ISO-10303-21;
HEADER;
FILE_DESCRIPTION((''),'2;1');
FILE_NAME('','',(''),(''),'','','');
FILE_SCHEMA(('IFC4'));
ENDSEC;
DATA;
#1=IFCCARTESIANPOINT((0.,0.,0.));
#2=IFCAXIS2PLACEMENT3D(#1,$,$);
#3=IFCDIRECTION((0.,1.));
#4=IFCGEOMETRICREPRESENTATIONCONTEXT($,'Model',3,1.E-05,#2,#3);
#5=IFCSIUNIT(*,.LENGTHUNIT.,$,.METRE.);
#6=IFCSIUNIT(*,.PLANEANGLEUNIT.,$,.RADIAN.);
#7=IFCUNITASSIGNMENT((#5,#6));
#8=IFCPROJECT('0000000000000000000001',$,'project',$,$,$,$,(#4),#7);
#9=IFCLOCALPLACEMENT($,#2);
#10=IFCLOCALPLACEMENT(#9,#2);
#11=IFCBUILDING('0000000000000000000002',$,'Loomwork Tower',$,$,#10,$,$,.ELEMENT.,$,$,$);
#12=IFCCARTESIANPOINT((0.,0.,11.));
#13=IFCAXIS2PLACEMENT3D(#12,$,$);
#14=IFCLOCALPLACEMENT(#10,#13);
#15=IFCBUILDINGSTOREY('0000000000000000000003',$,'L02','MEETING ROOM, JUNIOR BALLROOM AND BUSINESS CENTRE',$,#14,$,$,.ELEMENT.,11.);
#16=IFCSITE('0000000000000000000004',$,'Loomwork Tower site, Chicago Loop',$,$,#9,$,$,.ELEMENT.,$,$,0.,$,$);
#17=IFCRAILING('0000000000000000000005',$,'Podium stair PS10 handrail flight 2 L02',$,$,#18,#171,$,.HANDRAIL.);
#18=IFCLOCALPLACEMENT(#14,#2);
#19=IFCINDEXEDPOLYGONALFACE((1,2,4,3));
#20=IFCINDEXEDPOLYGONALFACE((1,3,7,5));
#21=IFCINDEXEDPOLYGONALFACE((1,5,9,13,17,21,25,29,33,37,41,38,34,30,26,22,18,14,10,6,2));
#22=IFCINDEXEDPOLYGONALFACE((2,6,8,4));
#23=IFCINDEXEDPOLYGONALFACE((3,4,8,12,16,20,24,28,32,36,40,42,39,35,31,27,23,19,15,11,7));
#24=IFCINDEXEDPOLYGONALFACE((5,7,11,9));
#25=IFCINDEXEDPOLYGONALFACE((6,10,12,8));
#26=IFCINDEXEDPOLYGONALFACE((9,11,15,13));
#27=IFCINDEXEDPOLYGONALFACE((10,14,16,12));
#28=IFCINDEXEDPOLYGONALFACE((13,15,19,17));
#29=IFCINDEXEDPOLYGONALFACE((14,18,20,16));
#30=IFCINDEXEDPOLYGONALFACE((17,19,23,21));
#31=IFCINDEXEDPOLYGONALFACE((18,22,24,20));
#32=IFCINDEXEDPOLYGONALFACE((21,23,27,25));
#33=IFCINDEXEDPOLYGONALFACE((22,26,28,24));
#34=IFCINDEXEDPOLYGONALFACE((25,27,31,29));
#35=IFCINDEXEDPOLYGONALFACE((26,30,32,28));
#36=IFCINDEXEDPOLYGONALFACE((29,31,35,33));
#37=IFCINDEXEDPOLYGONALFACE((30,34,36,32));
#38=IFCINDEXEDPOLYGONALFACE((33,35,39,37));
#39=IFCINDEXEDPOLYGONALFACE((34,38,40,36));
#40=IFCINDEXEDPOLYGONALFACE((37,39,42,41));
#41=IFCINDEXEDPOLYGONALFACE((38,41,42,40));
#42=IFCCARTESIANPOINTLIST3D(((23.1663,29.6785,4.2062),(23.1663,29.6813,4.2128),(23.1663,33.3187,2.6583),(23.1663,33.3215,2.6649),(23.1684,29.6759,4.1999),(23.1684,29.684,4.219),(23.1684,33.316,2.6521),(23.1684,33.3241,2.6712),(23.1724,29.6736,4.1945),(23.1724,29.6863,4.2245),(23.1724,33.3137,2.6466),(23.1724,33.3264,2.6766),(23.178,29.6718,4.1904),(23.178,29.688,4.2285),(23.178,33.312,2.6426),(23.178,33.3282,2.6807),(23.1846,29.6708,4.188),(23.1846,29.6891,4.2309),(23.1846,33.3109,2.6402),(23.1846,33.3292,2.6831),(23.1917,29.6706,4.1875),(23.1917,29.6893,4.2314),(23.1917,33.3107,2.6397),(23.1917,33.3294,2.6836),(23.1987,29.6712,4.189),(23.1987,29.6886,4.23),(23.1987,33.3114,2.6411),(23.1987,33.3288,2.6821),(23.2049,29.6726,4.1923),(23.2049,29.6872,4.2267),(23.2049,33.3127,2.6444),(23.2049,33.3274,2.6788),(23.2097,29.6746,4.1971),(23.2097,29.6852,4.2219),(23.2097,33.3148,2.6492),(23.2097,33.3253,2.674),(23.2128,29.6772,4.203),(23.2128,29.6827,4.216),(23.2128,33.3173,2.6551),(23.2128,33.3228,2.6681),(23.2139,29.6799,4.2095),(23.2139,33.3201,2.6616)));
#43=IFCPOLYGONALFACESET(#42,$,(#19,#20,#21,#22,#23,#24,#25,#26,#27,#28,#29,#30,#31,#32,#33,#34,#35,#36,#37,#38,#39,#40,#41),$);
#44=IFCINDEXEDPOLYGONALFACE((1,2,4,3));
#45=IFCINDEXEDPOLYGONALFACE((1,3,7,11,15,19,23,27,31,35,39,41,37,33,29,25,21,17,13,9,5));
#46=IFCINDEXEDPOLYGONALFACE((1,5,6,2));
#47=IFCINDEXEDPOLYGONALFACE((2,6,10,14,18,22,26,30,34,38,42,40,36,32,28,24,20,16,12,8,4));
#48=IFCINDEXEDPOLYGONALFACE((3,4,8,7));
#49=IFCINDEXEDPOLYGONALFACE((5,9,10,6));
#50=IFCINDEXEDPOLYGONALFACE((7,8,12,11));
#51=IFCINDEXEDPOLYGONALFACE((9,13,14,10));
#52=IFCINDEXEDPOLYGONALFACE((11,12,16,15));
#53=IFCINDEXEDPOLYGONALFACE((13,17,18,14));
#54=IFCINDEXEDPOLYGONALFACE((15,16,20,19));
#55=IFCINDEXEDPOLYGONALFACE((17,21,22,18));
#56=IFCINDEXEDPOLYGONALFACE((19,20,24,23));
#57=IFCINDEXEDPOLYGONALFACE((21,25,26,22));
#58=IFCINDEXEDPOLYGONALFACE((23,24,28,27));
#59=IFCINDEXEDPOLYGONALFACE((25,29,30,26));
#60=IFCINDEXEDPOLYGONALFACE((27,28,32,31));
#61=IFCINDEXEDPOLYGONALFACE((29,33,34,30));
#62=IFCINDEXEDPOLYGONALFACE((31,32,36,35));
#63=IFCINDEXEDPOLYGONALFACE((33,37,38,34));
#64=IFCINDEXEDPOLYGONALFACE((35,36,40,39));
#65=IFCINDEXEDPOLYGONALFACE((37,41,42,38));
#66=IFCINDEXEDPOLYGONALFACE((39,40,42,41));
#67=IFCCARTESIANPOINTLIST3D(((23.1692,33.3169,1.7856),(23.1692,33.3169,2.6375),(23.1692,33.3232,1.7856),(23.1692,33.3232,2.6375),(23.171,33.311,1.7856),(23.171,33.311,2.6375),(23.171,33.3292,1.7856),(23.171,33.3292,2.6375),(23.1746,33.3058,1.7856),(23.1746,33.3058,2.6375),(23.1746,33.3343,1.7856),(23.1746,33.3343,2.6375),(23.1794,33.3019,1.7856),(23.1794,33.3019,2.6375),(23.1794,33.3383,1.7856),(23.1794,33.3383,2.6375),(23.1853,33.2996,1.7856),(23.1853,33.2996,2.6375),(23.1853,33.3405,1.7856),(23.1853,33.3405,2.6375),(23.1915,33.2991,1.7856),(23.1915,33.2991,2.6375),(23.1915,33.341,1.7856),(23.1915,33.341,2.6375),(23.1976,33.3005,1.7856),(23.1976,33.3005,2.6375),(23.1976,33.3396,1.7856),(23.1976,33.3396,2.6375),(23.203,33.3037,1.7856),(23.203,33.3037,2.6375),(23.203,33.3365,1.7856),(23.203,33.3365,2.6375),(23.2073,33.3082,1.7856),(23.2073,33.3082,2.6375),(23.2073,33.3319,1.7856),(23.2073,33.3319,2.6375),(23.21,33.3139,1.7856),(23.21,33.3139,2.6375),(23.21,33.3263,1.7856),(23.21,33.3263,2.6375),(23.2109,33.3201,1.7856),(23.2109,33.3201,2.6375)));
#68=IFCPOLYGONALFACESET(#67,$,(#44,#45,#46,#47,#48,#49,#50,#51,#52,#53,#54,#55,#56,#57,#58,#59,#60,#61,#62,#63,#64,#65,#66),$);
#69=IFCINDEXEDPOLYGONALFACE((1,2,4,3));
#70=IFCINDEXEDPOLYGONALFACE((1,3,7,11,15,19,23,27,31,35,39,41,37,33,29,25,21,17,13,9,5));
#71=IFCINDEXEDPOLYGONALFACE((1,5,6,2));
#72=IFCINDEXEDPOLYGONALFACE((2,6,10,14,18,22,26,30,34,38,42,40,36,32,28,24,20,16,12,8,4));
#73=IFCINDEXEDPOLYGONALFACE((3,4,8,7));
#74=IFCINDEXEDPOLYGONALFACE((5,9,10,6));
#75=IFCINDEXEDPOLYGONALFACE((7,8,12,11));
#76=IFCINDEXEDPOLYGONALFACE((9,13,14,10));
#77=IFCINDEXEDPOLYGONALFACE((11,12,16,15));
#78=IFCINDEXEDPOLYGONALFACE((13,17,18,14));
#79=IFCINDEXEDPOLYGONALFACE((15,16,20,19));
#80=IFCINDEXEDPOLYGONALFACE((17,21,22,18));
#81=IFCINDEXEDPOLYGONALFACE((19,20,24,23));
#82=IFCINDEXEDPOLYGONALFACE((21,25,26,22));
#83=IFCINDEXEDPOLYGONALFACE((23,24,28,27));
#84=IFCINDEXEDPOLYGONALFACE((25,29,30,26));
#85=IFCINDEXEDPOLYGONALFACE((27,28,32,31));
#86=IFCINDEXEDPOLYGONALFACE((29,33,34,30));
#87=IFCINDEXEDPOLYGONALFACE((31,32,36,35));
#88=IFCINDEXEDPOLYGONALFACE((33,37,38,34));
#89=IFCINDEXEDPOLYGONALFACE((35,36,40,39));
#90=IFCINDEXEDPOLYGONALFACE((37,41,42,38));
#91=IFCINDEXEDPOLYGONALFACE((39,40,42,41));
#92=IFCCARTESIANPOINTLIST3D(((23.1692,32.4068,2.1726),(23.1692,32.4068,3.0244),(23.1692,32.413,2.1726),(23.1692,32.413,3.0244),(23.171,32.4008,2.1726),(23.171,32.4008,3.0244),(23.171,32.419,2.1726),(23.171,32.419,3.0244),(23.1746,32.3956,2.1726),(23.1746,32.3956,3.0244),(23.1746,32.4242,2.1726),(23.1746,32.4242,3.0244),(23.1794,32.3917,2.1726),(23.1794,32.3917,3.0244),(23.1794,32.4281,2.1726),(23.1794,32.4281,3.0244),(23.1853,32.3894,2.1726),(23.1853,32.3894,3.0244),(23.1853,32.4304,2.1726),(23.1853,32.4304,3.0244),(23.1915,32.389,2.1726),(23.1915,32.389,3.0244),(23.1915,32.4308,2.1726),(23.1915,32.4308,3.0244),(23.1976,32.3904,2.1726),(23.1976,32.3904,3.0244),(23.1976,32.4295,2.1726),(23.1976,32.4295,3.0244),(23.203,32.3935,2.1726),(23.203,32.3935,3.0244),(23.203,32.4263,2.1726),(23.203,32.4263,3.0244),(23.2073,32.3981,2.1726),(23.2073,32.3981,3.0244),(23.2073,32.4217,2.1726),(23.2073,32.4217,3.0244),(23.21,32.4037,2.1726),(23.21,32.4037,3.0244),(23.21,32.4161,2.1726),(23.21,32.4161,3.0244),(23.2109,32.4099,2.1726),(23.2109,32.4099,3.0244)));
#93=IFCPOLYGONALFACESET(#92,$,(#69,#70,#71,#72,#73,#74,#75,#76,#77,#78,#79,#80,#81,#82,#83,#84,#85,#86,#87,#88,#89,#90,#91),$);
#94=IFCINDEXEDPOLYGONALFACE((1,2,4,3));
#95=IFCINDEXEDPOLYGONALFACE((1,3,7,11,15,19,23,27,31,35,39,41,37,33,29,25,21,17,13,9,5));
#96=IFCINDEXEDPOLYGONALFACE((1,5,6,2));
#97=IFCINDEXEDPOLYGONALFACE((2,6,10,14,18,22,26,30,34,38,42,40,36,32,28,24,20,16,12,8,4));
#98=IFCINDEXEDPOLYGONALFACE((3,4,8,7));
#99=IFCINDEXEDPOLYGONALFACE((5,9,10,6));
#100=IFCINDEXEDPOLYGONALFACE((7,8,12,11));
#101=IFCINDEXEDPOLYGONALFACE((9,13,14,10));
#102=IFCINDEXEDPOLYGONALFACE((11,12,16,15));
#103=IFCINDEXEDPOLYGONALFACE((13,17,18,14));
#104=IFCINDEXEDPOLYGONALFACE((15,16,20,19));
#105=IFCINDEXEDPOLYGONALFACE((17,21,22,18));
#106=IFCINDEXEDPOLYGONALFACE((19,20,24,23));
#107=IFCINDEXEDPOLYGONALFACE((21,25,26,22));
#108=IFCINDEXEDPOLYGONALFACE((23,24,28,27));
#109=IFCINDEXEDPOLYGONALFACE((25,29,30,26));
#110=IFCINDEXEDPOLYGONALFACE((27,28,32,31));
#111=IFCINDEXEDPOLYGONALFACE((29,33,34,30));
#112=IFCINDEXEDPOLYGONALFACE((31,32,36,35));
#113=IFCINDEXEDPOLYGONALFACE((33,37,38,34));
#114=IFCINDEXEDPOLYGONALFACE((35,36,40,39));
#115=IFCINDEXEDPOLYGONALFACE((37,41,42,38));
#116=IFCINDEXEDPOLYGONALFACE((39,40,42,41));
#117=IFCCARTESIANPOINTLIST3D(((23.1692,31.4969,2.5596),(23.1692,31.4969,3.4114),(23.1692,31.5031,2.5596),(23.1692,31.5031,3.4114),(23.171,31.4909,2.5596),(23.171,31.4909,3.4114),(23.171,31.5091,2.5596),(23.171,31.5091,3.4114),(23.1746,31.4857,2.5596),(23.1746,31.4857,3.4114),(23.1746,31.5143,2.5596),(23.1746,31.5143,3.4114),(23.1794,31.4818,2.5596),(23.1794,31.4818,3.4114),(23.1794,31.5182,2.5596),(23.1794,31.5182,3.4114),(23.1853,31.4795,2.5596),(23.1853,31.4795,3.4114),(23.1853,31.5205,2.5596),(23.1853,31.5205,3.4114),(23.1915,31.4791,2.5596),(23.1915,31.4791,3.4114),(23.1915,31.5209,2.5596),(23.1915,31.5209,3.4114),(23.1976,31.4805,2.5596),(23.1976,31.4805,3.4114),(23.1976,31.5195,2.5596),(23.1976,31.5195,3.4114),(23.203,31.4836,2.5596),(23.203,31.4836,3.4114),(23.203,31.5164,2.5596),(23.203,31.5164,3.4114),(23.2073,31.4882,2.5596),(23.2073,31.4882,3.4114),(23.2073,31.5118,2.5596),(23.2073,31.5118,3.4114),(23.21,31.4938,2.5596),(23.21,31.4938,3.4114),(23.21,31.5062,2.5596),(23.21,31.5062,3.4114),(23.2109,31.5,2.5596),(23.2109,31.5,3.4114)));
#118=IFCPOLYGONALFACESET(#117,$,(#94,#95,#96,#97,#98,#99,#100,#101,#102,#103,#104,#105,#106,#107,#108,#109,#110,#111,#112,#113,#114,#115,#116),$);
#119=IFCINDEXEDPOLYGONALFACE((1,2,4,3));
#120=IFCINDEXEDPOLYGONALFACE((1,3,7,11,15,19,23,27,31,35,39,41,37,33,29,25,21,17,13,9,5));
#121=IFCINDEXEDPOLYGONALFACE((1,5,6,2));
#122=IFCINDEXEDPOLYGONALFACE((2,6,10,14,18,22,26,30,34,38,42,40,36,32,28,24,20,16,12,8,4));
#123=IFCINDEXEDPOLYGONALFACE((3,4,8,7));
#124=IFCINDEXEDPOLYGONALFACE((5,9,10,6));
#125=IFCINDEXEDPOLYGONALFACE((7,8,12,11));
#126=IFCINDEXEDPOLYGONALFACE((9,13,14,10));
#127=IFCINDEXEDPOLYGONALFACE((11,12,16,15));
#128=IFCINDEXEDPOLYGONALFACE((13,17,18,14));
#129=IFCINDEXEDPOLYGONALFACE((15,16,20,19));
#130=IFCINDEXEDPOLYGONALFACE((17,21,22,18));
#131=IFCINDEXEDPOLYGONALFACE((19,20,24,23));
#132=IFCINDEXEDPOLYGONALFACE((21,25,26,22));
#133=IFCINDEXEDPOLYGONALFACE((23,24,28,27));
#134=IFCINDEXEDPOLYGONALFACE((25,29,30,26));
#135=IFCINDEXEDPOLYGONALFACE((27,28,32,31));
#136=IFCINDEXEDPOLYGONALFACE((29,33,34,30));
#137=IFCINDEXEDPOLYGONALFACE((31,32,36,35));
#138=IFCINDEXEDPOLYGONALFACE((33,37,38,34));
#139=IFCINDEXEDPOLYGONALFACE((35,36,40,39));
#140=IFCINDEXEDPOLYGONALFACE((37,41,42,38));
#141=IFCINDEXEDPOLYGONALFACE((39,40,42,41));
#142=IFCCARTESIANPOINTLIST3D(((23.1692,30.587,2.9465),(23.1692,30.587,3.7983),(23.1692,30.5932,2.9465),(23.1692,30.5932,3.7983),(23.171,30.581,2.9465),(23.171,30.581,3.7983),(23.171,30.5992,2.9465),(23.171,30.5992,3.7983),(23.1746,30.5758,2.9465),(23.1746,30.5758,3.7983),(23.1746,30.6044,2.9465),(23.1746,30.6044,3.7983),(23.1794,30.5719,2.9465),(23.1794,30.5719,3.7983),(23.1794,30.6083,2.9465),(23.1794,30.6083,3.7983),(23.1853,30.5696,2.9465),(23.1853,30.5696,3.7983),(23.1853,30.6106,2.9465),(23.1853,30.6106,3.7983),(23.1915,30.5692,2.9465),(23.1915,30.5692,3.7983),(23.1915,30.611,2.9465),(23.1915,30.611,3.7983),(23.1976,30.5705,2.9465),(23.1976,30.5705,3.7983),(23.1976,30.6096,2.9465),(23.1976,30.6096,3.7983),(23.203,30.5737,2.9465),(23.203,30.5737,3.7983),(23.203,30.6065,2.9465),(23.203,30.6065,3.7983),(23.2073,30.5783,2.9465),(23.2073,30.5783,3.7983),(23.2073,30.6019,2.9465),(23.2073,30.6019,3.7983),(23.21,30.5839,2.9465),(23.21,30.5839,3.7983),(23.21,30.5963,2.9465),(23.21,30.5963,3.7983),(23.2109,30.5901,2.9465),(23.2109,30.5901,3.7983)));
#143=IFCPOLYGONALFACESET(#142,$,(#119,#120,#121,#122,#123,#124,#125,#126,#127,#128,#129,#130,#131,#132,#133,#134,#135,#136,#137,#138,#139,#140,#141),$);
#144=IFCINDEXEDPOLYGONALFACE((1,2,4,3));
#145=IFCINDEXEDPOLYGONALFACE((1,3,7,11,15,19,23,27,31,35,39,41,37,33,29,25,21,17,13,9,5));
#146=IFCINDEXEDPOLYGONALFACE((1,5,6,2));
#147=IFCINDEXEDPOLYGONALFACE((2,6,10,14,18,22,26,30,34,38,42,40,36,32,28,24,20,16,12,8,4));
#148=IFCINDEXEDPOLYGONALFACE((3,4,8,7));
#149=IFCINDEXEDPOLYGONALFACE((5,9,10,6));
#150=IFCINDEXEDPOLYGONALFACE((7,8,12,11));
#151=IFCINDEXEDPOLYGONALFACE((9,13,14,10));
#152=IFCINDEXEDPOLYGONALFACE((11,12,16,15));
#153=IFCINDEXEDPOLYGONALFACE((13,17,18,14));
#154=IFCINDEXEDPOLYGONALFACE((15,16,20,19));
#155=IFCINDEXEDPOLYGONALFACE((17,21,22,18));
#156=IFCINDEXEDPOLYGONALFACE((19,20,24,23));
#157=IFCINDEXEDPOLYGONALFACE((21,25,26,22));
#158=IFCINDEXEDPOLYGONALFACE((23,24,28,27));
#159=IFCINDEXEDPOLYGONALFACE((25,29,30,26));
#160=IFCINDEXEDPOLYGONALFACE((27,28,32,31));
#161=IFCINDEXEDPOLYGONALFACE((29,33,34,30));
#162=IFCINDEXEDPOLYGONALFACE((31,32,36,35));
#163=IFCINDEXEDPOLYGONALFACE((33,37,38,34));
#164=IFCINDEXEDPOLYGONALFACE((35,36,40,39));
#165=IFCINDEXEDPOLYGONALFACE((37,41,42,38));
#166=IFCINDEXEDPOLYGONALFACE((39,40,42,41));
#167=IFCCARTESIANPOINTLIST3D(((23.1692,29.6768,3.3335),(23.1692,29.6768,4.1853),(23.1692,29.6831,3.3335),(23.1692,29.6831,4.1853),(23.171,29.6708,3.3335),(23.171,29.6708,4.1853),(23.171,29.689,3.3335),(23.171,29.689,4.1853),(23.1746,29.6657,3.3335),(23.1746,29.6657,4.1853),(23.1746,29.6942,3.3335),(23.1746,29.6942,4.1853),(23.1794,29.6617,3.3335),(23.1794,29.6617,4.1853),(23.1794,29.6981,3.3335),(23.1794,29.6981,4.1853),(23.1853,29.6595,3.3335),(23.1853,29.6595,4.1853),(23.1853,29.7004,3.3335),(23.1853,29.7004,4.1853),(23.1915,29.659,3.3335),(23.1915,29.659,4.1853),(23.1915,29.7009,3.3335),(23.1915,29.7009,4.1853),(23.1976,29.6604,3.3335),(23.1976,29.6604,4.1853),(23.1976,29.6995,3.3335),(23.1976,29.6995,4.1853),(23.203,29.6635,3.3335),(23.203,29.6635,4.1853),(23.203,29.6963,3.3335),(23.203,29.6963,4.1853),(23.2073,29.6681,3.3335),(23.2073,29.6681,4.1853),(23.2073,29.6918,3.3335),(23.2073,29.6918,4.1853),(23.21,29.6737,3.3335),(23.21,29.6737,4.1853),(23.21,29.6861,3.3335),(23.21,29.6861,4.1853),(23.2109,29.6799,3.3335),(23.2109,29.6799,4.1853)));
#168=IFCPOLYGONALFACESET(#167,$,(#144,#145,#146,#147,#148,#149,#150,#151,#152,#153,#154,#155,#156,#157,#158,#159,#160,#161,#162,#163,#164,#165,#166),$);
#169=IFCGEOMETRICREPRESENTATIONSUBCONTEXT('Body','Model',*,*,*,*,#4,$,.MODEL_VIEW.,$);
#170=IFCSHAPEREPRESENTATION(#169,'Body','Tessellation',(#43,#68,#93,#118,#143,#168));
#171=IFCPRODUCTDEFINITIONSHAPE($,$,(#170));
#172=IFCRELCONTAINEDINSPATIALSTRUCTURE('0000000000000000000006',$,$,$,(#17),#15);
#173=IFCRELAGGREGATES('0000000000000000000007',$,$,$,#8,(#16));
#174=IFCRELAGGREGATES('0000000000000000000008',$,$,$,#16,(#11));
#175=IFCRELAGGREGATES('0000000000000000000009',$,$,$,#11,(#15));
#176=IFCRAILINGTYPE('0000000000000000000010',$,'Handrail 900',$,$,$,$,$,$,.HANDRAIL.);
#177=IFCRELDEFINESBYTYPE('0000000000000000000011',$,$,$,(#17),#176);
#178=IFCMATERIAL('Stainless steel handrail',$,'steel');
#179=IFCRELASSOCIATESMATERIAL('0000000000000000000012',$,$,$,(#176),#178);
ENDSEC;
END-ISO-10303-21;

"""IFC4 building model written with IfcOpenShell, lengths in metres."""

from ifc_helpers import new_model, si_unit, direction, frame, origin, origin_2d, place, context, subcontext, project, spatial, circle, extrude, material, type_object, element, save


model = new_model("IFC4")

# Units and contexts
model_context = context("Model", 3, precision=1e-05, world=origin(), true_north=direction((0.0, 1.0)))
body_context = subcontext(model_context, "Body", "Model", "MODEL_VIEW")
ifc_project = project(units=[si_unit("LENGTHUNIT", "METRE"), si_unit("PLANEANGLEUNIT", "RADIAN")], contexts=[model_context])

# Site, building, storey
site_placement = place(None, origin())
site = spatial("IfcSite", under=ifc_project, at=site_placement, Name="Loomwork Tower site, Chicago Loop", CompositionType="ELEMENT", RefElevation=0.0)
building_placement = place(site_placement, origin())
building = spatial("IfcBuilding", under=site, at=building_placement, Name="Loomwork Tower", CompositionType="ELEMENT")
storey_placement = place(building_placement, frame((0.0, 0.0, 11.0)))
storey = spatial("IfcBuildingStorey", under=building, at=storey_placement, Name="L02", Description="MEETING ROOM, JUNIOR BALLROOM AND BUSINESS CENTRE", CompositionType="ELEMENT", Elevation=11.0)

# Railing
ifc_material_1 = material(Name="Stainless steel handrail", Category="steel")
railing_type = type_object("IfcRailingType", Name="Handrail 900", PredefinedType="HANDRAIL", material=ifc_material_1)
railing_1_placement = place(storey_placement, frame((23.1899, 33.3201, 1.7856)))
element("IfcRailing", 1, at=railing_1_placement, inside=storey, type_object=railing_type, Name="Podium stair PS10 handrail flight 2 L02", PredefinedType="HANDRAIL", context=body_context, shape_type="SweptSolid", body=[
    extrude(circle(Radius=0.0239, at=origin_2d()), frame((0.0, 0.0, 0.876), z_axis=(0.0, -0.920259, 0.391311), x_axis=(1.0, 0.0, 0.0)), (0.0, 0.0, 1.0), 3.9556),
    extrude(circle(Radius=0.021, at=origin_2d()), origin(), (0.0, 0.0, 1.0), 0.8518),
    extrude(circle(Radius=0.021, at=origin_2d()), frame((0.0, -0.9102, 0.387)), (0.0, 0.0, 1.0), 0.8518),
    extrude(circle(Radius=0.021, at=origin_2d()), frame((0.0, -1.8201, 0.7739)), (0.0, 0.0, 1.0), 0.8518),
    extrude(circle(Radius=0.021, at=origin_2d()), frame((0.0, -2.73, 1.1609)), (0.0, 0.0, 1.0), 0.8518),
    extrude(circle(Radius=0.021, at=origin_2d()), frame((0.0, -3.6401, 1.5479)), (0.0, 0.0, 1.0), 0.8518),
])

save(model, "model.ifc")
